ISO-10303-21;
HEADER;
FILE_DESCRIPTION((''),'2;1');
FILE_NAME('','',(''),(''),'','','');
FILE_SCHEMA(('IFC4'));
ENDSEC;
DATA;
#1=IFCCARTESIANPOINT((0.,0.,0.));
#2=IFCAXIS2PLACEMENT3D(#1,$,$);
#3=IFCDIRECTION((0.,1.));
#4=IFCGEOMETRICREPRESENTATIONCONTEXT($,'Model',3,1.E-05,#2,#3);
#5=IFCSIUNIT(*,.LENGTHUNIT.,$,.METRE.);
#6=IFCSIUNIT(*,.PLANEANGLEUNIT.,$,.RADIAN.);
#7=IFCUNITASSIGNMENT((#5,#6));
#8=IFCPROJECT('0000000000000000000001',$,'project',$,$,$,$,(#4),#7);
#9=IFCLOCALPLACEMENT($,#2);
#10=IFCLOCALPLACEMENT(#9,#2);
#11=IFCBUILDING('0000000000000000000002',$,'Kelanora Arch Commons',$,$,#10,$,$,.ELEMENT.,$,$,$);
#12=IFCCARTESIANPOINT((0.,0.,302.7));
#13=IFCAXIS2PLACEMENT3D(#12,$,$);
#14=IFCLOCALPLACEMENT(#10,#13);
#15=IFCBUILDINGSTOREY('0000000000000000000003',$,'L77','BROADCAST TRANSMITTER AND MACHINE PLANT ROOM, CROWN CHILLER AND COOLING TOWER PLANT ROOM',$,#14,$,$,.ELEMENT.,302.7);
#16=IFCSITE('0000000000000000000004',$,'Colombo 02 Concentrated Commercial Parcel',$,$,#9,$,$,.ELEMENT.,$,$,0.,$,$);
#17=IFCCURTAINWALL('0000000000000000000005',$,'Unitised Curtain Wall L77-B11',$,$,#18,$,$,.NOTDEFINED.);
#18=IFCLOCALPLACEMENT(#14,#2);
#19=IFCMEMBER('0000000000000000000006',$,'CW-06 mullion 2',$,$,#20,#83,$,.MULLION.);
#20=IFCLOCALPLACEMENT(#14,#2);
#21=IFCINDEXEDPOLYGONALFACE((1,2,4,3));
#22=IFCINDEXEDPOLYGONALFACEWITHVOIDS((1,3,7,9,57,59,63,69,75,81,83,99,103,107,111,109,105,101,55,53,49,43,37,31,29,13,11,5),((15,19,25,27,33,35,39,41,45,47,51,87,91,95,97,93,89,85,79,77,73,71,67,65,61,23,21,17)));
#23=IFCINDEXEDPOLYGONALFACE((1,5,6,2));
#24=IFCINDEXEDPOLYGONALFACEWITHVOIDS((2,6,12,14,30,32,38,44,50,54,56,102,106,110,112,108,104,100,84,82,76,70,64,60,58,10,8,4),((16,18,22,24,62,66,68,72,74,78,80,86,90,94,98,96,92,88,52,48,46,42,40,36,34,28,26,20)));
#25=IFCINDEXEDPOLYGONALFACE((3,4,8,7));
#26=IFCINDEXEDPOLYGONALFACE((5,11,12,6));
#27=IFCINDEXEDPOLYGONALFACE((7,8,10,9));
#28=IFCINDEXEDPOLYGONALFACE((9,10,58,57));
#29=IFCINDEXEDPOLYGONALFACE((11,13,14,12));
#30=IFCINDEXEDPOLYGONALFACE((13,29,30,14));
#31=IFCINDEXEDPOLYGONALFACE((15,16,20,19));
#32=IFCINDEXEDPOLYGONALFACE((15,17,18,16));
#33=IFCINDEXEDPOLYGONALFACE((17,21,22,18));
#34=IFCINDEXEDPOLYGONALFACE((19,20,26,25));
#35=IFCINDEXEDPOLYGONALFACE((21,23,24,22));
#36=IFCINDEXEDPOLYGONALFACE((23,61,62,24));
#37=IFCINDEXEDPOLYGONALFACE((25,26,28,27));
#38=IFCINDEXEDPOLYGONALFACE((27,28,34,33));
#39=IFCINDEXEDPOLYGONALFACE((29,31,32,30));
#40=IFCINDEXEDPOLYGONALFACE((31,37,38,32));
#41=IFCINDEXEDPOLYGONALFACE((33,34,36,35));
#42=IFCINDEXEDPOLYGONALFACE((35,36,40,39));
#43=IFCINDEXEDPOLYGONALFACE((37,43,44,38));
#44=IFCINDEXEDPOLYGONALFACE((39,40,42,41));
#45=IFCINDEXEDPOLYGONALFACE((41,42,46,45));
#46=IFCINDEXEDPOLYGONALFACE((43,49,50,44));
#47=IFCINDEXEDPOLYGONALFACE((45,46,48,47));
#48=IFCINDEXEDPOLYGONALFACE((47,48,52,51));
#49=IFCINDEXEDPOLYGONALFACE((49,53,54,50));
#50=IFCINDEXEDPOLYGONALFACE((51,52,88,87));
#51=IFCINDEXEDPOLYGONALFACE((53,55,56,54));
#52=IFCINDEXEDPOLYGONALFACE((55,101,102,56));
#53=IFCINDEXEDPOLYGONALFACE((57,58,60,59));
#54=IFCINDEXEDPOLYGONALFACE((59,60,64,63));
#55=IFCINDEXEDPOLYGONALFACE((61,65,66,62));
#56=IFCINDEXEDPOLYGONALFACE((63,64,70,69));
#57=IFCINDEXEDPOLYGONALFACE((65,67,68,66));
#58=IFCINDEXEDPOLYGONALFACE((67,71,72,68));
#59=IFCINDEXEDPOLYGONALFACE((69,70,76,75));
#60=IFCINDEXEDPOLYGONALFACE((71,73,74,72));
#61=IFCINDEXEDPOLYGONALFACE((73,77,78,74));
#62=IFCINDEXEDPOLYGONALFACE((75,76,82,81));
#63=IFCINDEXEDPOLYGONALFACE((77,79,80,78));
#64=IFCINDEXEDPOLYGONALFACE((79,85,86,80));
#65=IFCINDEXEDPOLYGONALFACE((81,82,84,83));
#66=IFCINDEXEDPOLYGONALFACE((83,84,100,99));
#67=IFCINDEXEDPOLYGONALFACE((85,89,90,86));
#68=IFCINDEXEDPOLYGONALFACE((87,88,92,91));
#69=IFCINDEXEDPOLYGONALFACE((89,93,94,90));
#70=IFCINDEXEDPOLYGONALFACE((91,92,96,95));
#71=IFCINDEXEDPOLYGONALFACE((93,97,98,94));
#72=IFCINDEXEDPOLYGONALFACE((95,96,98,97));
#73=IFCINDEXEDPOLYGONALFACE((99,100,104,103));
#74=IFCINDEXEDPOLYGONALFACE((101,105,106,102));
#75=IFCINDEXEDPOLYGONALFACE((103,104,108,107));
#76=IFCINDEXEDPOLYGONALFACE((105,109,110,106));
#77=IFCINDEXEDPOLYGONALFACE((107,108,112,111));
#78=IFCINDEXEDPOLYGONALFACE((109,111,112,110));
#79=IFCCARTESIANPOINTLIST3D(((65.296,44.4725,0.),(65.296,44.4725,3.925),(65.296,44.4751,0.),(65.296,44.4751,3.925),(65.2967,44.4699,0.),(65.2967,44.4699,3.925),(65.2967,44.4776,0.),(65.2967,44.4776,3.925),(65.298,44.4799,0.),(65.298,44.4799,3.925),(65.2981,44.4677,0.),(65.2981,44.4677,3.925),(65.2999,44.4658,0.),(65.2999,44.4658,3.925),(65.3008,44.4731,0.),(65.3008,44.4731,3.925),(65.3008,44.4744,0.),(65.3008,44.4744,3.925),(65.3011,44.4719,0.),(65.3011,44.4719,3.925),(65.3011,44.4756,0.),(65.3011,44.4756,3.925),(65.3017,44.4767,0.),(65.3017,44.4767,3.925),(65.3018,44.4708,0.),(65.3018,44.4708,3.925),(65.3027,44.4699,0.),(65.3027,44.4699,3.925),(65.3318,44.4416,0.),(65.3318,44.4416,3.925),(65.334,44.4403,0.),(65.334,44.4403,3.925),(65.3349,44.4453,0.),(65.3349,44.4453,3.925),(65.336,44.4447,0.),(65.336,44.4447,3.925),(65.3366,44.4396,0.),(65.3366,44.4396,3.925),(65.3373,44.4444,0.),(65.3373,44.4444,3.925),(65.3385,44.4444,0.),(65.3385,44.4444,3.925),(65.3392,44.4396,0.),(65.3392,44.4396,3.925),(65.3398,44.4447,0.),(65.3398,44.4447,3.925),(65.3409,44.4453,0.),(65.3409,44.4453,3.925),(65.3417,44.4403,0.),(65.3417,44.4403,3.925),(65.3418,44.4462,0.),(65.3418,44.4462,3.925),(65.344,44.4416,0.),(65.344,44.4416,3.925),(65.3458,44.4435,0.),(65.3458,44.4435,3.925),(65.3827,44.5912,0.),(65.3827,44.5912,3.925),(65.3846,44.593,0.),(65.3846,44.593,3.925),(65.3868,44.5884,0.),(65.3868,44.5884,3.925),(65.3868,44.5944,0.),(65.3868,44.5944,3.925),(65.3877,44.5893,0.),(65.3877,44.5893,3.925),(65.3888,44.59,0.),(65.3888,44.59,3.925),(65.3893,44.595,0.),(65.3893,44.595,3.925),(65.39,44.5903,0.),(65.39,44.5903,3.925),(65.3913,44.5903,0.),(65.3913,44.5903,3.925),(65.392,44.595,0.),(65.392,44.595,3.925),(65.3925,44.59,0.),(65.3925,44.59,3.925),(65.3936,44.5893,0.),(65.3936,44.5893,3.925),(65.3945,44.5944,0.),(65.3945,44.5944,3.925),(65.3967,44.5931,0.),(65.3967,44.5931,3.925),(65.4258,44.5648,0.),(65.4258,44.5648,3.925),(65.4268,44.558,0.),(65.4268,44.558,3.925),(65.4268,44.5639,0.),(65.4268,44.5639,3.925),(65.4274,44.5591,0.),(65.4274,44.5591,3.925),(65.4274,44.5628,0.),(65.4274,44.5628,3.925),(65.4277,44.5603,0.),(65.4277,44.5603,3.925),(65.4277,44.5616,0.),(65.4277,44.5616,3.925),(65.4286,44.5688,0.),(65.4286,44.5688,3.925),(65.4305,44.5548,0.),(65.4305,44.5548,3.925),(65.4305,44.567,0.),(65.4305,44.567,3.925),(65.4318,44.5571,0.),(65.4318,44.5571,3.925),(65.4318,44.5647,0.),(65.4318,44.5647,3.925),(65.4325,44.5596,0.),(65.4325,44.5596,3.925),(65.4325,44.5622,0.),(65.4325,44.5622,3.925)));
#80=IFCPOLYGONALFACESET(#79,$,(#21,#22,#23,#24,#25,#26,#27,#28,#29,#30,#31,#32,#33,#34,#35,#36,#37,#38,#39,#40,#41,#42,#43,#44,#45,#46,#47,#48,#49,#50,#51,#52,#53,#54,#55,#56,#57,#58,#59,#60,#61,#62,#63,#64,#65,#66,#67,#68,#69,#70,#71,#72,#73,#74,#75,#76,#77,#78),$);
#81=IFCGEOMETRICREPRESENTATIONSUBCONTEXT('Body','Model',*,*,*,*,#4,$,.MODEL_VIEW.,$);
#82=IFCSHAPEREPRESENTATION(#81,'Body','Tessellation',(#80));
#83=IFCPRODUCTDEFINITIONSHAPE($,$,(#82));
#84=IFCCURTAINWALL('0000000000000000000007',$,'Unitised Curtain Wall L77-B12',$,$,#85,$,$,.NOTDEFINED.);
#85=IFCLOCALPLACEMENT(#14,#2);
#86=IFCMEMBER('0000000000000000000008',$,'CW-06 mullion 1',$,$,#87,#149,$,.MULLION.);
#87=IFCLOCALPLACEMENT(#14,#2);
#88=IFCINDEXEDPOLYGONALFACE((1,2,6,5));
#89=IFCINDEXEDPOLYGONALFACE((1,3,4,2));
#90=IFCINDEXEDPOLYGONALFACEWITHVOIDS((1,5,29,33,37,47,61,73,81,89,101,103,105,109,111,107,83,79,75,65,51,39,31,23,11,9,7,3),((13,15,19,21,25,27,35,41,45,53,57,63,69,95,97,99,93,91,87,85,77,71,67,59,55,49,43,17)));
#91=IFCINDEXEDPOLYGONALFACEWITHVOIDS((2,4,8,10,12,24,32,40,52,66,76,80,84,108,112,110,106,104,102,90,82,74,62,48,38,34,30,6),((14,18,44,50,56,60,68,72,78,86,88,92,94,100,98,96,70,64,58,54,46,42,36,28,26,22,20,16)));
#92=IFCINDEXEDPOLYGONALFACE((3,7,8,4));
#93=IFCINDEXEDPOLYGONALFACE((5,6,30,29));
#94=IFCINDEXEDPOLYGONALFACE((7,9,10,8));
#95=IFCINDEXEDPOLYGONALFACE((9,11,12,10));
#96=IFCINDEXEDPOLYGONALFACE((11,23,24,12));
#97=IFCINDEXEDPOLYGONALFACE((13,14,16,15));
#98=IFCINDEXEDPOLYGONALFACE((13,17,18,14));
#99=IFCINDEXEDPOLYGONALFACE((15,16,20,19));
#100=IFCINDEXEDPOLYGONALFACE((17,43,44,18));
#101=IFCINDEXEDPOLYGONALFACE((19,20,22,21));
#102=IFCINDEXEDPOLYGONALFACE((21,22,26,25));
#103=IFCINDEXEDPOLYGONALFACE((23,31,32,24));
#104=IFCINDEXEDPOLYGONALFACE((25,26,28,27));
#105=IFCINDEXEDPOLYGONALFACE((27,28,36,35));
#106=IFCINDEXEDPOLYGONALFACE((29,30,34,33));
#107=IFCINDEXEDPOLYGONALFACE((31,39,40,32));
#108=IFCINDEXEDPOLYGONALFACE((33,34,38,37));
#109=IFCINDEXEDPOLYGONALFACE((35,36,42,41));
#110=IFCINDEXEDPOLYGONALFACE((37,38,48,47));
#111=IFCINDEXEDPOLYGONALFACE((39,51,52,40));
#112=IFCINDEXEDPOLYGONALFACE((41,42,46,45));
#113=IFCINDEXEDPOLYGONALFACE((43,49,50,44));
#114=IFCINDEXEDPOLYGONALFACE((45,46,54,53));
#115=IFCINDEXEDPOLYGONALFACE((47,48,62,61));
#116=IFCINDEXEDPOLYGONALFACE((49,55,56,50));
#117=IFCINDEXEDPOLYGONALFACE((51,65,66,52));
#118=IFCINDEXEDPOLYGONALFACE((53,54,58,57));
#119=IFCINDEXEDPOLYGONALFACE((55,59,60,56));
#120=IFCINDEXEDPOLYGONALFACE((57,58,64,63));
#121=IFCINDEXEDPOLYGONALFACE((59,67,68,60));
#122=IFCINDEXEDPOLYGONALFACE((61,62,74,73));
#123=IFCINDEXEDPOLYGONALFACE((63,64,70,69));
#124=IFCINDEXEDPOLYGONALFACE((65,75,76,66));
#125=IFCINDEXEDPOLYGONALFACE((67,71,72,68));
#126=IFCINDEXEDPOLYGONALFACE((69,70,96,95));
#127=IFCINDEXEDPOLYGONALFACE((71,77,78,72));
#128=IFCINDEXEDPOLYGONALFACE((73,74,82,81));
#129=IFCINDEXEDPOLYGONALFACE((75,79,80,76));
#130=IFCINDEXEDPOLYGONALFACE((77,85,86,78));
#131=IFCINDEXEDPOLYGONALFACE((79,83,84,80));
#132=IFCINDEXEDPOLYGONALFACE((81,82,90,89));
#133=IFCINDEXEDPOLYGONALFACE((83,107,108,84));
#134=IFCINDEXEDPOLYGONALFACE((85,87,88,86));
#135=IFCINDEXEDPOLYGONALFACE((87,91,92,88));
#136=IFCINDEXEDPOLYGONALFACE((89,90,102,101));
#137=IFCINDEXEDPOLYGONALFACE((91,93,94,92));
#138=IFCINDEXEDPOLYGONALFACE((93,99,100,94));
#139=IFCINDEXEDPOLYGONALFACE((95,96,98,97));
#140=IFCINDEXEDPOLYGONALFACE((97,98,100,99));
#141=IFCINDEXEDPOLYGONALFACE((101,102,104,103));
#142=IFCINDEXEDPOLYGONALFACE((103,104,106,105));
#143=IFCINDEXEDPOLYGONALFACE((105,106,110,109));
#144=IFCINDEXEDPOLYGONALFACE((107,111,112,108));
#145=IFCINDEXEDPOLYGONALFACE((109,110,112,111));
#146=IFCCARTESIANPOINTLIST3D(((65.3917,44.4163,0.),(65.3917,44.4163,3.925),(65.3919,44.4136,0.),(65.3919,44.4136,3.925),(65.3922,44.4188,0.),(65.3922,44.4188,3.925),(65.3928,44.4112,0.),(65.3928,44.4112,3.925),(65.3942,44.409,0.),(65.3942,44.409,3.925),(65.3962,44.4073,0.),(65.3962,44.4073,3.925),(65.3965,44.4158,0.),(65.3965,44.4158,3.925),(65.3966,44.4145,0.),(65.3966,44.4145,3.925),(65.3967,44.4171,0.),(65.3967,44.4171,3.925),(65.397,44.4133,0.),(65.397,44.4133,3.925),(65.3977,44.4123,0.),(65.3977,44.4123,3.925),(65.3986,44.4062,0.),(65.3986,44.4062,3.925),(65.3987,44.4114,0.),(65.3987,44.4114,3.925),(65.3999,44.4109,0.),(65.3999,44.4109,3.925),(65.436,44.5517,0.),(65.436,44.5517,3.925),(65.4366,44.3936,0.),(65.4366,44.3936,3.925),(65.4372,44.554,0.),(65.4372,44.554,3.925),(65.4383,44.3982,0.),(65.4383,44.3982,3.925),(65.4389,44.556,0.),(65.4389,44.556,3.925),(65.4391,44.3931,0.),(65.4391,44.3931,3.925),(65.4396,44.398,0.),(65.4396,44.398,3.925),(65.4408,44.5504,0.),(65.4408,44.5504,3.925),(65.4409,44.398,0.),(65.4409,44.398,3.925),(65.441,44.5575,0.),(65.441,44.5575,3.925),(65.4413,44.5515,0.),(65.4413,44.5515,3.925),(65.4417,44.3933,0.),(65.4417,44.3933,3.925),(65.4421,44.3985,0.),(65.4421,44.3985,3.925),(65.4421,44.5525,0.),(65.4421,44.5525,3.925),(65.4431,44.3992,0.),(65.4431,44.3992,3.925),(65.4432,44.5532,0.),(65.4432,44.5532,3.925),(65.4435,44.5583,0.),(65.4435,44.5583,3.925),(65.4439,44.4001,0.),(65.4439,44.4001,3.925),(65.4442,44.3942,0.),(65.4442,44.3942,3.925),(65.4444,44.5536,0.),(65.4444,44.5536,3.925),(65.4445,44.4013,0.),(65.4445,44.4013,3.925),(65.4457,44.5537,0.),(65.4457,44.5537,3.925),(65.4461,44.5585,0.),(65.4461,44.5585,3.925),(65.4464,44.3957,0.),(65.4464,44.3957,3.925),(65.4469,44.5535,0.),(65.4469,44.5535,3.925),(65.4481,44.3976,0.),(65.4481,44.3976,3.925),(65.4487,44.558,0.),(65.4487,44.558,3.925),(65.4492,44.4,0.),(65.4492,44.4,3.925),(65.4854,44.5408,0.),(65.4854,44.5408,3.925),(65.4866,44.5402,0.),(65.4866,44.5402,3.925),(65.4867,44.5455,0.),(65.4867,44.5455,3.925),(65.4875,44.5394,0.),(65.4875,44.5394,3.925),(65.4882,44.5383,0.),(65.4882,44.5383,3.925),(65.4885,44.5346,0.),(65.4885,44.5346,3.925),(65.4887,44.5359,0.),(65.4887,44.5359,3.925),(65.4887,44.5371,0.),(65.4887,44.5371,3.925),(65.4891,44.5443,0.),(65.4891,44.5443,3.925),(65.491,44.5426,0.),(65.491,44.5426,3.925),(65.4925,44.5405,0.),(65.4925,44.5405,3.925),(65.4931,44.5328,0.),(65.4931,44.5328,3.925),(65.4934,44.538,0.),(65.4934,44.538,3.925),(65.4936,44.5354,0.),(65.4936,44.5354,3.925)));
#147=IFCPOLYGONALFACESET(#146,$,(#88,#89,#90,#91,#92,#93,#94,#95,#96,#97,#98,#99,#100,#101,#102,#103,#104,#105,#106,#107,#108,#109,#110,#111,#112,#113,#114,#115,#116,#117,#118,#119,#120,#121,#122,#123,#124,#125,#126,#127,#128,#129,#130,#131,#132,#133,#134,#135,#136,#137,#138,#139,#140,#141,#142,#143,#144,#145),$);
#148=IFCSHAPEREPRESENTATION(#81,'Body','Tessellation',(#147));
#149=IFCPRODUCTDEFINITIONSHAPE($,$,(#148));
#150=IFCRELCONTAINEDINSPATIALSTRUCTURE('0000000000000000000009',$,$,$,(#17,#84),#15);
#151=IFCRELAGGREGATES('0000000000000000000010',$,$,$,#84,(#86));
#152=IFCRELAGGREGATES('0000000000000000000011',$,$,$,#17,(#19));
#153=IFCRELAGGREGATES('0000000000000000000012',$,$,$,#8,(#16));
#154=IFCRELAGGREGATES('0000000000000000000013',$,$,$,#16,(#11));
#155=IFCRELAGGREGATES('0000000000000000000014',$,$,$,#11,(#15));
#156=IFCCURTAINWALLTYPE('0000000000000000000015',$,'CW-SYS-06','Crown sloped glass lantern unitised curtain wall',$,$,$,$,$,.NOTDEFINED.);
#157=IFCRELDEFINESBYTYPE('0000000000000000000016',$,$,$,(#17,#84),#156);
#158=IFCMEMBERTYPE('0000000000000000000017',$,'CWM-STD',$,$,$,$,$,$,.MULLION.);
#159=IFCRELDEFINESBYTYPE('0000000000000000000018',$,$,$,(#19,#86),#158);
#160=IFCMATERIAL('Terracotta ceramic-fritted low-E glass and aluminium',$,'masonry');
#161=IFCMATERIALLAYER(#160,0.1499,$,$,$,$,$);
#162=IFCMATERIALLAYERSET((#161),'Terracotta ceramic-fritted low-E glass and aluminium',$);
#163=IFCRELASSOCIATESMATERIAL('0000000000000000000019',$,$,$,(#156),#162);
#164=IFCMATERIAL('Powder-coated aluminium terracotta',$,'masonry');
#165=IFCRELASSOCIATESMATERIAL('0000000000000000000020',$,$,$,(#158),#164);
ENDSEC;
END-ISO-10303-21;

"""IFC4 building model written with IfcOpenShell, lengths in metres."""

from ifc_helpers import new_model, si_unit, direction, frame, origin, origin_2d, place, context, subcontext, project, spatial, hollow_rectangle, extrude, material, layer, layer_set, material_profile, profile_set, type_object, element, aggregate, save


model = new_model("IFC4")

# Units and contexts
model_context = context("Model", 3, precision=1e-05, world=origin(), true_north=direction((0.0, 1.0)))
body_context = subcontext(model_context, "Body", "Model", "MODEL_VIEW")
ifc_project = project(units=[si_unit("LENGTHUNIT", "METRE"), si_unit("PLANEANGLEUNIT", "RADIAN")], contexts=[model_context])

# Site, building, storey
site_placement = place(None, origin())
site = spatial("IfcSite", under=ifc_project, at=site_placement, Name="Colombo 02 Concentrated Commercial Parcel", CompositionType="ELEMENT", RefElevation=0.0)
building_placement = place(site_placement, origin())
building = spatial("IfcBuilding", under=site, at=building_placement, Name="Kelanora Arch Commons", CompositionType="ELEMENT")
storey_placement = place(building_placement, frame((0.0, 0.0, 302.7)))
storey = spatial("IfcBuildingStorey", under=building, at=storey_placement, Name="L77", Description="BROADCAST TRANSMITTER AND MACHINE PLANT ROOM, CROWN CHILLER AND COOLING TOWER PLANT ROOM", CompositionType="ELEMENT", Elevation=302.7)

# Shared definitions
ifc_material_1 = material(Name="Terracotta ceramic-fritted low-E glass and aluminium", Category="masonry")
ifc_layer_1 = layer(ifc_material_1, 0.1499)
ifc_layer_set_1 = layer_set([ifc_layer_1], Name="Terracotta ceramic-fritted low-E glass and aluminium")
curtain_wall_type = type_object("IfcCurtainWallType", Name="CW-SYS-06", Description="Crown sloped glass lantern unitised curtain wall", PredefinedType="NOTDEFINED", material=ifc_layer_set_1)
ifc_material_2 = material(Name="Powder-coated aluminium terracotta", Category="masonry")
ifc_material_profile_1 = material_profile(ifc_material_2, hollow_rectangle(XDim=0.1599, YDim=0.0601, WallThickness=0.0049, InnerFilletRadius=0.0049, OuterFilletRadius=0.01, at=origin_2d()), Name="CWM160x60")
ifc_profile_set_1 = profile_set([ifc_material_profile_1], Name="Powder-coated aluminium terracotta")
member_type_1 = type_object("IfcMemberType", Name="CWM-STD", PredefinedType="MULLION", material=ifc_profile_set_1)

# Curtain wall, member
curtain_wall_1_placement = place(storey_placement, origin())
curtain_wall_1 = element("IfcCurtainWall", 1, at=curtain_wall_1_placement, inside=storey, type_object=curtain_wall_type, Name="Unitised Curtain Wall L77-B11", PredefinedType="NOTDEFINED")
member_1_placement = place(storey_placement, frame((65.3643, 44.5173, 0.0), z_axis=(0.0, 0.0, 1.0), x_axis=(0.605596, 0.795772, 0.0)))
member_1 = element("IfcMember", 2, at=member_1_placement, type_object=member_type_1, Name="CW-06 mullion 2", PredefinedType="MULLION", context=body_context, shape_type="SweptSolid", body=[
    extrude(hollow_rectangle(XDim=0.1599, YDim=0.0601, WallThickness=0.0049, InnerFilletRadius=0.0049, OuterFilletRadius=0.01, at=origin_2d()), origin(), (0.0, 0.0, 1.0), 3.925),
])

# Curtain wall, member
curtain_wall_2_placement = place(storey_placement, origin())
curtain_wall_2 = element("IfcCurtainWall", 3, at=curtain_wall_2_placement, inside=storey, type_object=curtain_wall_type, Name="Unitised Curtain Wall L77-B12", PredefinedType="NOTDEFINED")
member_2_placement = place(storey_placement, frame((65.4426, 44.4758, 0.0), z_axis=(0.0, 0.0, 1.0), x_axis=(0.313467, 0.949599, 0.0)))
member_2 = element("IfcMember", 4, at=member_2_placement, type_object=member_type_1, Name="CW-06 mullion 1", PredefinedType="MULLION", context=body_context, shape_type="SweptSolid", body=[
    extrude(hollow_rectangle(XDim=0.1599, YDim=0.0601, WallThickness=0.0049, InnerFilletRadius=0.0049, OuterFilletRadius=0.01, at=origin_2d()), origin(), (0.0, 0.0, 1.0), 3.925),
])
aggregate(curtain_wall_2, [member_2])

aggregate(curtain_wall_1, [member_1])

save(model, "model.ifc")
